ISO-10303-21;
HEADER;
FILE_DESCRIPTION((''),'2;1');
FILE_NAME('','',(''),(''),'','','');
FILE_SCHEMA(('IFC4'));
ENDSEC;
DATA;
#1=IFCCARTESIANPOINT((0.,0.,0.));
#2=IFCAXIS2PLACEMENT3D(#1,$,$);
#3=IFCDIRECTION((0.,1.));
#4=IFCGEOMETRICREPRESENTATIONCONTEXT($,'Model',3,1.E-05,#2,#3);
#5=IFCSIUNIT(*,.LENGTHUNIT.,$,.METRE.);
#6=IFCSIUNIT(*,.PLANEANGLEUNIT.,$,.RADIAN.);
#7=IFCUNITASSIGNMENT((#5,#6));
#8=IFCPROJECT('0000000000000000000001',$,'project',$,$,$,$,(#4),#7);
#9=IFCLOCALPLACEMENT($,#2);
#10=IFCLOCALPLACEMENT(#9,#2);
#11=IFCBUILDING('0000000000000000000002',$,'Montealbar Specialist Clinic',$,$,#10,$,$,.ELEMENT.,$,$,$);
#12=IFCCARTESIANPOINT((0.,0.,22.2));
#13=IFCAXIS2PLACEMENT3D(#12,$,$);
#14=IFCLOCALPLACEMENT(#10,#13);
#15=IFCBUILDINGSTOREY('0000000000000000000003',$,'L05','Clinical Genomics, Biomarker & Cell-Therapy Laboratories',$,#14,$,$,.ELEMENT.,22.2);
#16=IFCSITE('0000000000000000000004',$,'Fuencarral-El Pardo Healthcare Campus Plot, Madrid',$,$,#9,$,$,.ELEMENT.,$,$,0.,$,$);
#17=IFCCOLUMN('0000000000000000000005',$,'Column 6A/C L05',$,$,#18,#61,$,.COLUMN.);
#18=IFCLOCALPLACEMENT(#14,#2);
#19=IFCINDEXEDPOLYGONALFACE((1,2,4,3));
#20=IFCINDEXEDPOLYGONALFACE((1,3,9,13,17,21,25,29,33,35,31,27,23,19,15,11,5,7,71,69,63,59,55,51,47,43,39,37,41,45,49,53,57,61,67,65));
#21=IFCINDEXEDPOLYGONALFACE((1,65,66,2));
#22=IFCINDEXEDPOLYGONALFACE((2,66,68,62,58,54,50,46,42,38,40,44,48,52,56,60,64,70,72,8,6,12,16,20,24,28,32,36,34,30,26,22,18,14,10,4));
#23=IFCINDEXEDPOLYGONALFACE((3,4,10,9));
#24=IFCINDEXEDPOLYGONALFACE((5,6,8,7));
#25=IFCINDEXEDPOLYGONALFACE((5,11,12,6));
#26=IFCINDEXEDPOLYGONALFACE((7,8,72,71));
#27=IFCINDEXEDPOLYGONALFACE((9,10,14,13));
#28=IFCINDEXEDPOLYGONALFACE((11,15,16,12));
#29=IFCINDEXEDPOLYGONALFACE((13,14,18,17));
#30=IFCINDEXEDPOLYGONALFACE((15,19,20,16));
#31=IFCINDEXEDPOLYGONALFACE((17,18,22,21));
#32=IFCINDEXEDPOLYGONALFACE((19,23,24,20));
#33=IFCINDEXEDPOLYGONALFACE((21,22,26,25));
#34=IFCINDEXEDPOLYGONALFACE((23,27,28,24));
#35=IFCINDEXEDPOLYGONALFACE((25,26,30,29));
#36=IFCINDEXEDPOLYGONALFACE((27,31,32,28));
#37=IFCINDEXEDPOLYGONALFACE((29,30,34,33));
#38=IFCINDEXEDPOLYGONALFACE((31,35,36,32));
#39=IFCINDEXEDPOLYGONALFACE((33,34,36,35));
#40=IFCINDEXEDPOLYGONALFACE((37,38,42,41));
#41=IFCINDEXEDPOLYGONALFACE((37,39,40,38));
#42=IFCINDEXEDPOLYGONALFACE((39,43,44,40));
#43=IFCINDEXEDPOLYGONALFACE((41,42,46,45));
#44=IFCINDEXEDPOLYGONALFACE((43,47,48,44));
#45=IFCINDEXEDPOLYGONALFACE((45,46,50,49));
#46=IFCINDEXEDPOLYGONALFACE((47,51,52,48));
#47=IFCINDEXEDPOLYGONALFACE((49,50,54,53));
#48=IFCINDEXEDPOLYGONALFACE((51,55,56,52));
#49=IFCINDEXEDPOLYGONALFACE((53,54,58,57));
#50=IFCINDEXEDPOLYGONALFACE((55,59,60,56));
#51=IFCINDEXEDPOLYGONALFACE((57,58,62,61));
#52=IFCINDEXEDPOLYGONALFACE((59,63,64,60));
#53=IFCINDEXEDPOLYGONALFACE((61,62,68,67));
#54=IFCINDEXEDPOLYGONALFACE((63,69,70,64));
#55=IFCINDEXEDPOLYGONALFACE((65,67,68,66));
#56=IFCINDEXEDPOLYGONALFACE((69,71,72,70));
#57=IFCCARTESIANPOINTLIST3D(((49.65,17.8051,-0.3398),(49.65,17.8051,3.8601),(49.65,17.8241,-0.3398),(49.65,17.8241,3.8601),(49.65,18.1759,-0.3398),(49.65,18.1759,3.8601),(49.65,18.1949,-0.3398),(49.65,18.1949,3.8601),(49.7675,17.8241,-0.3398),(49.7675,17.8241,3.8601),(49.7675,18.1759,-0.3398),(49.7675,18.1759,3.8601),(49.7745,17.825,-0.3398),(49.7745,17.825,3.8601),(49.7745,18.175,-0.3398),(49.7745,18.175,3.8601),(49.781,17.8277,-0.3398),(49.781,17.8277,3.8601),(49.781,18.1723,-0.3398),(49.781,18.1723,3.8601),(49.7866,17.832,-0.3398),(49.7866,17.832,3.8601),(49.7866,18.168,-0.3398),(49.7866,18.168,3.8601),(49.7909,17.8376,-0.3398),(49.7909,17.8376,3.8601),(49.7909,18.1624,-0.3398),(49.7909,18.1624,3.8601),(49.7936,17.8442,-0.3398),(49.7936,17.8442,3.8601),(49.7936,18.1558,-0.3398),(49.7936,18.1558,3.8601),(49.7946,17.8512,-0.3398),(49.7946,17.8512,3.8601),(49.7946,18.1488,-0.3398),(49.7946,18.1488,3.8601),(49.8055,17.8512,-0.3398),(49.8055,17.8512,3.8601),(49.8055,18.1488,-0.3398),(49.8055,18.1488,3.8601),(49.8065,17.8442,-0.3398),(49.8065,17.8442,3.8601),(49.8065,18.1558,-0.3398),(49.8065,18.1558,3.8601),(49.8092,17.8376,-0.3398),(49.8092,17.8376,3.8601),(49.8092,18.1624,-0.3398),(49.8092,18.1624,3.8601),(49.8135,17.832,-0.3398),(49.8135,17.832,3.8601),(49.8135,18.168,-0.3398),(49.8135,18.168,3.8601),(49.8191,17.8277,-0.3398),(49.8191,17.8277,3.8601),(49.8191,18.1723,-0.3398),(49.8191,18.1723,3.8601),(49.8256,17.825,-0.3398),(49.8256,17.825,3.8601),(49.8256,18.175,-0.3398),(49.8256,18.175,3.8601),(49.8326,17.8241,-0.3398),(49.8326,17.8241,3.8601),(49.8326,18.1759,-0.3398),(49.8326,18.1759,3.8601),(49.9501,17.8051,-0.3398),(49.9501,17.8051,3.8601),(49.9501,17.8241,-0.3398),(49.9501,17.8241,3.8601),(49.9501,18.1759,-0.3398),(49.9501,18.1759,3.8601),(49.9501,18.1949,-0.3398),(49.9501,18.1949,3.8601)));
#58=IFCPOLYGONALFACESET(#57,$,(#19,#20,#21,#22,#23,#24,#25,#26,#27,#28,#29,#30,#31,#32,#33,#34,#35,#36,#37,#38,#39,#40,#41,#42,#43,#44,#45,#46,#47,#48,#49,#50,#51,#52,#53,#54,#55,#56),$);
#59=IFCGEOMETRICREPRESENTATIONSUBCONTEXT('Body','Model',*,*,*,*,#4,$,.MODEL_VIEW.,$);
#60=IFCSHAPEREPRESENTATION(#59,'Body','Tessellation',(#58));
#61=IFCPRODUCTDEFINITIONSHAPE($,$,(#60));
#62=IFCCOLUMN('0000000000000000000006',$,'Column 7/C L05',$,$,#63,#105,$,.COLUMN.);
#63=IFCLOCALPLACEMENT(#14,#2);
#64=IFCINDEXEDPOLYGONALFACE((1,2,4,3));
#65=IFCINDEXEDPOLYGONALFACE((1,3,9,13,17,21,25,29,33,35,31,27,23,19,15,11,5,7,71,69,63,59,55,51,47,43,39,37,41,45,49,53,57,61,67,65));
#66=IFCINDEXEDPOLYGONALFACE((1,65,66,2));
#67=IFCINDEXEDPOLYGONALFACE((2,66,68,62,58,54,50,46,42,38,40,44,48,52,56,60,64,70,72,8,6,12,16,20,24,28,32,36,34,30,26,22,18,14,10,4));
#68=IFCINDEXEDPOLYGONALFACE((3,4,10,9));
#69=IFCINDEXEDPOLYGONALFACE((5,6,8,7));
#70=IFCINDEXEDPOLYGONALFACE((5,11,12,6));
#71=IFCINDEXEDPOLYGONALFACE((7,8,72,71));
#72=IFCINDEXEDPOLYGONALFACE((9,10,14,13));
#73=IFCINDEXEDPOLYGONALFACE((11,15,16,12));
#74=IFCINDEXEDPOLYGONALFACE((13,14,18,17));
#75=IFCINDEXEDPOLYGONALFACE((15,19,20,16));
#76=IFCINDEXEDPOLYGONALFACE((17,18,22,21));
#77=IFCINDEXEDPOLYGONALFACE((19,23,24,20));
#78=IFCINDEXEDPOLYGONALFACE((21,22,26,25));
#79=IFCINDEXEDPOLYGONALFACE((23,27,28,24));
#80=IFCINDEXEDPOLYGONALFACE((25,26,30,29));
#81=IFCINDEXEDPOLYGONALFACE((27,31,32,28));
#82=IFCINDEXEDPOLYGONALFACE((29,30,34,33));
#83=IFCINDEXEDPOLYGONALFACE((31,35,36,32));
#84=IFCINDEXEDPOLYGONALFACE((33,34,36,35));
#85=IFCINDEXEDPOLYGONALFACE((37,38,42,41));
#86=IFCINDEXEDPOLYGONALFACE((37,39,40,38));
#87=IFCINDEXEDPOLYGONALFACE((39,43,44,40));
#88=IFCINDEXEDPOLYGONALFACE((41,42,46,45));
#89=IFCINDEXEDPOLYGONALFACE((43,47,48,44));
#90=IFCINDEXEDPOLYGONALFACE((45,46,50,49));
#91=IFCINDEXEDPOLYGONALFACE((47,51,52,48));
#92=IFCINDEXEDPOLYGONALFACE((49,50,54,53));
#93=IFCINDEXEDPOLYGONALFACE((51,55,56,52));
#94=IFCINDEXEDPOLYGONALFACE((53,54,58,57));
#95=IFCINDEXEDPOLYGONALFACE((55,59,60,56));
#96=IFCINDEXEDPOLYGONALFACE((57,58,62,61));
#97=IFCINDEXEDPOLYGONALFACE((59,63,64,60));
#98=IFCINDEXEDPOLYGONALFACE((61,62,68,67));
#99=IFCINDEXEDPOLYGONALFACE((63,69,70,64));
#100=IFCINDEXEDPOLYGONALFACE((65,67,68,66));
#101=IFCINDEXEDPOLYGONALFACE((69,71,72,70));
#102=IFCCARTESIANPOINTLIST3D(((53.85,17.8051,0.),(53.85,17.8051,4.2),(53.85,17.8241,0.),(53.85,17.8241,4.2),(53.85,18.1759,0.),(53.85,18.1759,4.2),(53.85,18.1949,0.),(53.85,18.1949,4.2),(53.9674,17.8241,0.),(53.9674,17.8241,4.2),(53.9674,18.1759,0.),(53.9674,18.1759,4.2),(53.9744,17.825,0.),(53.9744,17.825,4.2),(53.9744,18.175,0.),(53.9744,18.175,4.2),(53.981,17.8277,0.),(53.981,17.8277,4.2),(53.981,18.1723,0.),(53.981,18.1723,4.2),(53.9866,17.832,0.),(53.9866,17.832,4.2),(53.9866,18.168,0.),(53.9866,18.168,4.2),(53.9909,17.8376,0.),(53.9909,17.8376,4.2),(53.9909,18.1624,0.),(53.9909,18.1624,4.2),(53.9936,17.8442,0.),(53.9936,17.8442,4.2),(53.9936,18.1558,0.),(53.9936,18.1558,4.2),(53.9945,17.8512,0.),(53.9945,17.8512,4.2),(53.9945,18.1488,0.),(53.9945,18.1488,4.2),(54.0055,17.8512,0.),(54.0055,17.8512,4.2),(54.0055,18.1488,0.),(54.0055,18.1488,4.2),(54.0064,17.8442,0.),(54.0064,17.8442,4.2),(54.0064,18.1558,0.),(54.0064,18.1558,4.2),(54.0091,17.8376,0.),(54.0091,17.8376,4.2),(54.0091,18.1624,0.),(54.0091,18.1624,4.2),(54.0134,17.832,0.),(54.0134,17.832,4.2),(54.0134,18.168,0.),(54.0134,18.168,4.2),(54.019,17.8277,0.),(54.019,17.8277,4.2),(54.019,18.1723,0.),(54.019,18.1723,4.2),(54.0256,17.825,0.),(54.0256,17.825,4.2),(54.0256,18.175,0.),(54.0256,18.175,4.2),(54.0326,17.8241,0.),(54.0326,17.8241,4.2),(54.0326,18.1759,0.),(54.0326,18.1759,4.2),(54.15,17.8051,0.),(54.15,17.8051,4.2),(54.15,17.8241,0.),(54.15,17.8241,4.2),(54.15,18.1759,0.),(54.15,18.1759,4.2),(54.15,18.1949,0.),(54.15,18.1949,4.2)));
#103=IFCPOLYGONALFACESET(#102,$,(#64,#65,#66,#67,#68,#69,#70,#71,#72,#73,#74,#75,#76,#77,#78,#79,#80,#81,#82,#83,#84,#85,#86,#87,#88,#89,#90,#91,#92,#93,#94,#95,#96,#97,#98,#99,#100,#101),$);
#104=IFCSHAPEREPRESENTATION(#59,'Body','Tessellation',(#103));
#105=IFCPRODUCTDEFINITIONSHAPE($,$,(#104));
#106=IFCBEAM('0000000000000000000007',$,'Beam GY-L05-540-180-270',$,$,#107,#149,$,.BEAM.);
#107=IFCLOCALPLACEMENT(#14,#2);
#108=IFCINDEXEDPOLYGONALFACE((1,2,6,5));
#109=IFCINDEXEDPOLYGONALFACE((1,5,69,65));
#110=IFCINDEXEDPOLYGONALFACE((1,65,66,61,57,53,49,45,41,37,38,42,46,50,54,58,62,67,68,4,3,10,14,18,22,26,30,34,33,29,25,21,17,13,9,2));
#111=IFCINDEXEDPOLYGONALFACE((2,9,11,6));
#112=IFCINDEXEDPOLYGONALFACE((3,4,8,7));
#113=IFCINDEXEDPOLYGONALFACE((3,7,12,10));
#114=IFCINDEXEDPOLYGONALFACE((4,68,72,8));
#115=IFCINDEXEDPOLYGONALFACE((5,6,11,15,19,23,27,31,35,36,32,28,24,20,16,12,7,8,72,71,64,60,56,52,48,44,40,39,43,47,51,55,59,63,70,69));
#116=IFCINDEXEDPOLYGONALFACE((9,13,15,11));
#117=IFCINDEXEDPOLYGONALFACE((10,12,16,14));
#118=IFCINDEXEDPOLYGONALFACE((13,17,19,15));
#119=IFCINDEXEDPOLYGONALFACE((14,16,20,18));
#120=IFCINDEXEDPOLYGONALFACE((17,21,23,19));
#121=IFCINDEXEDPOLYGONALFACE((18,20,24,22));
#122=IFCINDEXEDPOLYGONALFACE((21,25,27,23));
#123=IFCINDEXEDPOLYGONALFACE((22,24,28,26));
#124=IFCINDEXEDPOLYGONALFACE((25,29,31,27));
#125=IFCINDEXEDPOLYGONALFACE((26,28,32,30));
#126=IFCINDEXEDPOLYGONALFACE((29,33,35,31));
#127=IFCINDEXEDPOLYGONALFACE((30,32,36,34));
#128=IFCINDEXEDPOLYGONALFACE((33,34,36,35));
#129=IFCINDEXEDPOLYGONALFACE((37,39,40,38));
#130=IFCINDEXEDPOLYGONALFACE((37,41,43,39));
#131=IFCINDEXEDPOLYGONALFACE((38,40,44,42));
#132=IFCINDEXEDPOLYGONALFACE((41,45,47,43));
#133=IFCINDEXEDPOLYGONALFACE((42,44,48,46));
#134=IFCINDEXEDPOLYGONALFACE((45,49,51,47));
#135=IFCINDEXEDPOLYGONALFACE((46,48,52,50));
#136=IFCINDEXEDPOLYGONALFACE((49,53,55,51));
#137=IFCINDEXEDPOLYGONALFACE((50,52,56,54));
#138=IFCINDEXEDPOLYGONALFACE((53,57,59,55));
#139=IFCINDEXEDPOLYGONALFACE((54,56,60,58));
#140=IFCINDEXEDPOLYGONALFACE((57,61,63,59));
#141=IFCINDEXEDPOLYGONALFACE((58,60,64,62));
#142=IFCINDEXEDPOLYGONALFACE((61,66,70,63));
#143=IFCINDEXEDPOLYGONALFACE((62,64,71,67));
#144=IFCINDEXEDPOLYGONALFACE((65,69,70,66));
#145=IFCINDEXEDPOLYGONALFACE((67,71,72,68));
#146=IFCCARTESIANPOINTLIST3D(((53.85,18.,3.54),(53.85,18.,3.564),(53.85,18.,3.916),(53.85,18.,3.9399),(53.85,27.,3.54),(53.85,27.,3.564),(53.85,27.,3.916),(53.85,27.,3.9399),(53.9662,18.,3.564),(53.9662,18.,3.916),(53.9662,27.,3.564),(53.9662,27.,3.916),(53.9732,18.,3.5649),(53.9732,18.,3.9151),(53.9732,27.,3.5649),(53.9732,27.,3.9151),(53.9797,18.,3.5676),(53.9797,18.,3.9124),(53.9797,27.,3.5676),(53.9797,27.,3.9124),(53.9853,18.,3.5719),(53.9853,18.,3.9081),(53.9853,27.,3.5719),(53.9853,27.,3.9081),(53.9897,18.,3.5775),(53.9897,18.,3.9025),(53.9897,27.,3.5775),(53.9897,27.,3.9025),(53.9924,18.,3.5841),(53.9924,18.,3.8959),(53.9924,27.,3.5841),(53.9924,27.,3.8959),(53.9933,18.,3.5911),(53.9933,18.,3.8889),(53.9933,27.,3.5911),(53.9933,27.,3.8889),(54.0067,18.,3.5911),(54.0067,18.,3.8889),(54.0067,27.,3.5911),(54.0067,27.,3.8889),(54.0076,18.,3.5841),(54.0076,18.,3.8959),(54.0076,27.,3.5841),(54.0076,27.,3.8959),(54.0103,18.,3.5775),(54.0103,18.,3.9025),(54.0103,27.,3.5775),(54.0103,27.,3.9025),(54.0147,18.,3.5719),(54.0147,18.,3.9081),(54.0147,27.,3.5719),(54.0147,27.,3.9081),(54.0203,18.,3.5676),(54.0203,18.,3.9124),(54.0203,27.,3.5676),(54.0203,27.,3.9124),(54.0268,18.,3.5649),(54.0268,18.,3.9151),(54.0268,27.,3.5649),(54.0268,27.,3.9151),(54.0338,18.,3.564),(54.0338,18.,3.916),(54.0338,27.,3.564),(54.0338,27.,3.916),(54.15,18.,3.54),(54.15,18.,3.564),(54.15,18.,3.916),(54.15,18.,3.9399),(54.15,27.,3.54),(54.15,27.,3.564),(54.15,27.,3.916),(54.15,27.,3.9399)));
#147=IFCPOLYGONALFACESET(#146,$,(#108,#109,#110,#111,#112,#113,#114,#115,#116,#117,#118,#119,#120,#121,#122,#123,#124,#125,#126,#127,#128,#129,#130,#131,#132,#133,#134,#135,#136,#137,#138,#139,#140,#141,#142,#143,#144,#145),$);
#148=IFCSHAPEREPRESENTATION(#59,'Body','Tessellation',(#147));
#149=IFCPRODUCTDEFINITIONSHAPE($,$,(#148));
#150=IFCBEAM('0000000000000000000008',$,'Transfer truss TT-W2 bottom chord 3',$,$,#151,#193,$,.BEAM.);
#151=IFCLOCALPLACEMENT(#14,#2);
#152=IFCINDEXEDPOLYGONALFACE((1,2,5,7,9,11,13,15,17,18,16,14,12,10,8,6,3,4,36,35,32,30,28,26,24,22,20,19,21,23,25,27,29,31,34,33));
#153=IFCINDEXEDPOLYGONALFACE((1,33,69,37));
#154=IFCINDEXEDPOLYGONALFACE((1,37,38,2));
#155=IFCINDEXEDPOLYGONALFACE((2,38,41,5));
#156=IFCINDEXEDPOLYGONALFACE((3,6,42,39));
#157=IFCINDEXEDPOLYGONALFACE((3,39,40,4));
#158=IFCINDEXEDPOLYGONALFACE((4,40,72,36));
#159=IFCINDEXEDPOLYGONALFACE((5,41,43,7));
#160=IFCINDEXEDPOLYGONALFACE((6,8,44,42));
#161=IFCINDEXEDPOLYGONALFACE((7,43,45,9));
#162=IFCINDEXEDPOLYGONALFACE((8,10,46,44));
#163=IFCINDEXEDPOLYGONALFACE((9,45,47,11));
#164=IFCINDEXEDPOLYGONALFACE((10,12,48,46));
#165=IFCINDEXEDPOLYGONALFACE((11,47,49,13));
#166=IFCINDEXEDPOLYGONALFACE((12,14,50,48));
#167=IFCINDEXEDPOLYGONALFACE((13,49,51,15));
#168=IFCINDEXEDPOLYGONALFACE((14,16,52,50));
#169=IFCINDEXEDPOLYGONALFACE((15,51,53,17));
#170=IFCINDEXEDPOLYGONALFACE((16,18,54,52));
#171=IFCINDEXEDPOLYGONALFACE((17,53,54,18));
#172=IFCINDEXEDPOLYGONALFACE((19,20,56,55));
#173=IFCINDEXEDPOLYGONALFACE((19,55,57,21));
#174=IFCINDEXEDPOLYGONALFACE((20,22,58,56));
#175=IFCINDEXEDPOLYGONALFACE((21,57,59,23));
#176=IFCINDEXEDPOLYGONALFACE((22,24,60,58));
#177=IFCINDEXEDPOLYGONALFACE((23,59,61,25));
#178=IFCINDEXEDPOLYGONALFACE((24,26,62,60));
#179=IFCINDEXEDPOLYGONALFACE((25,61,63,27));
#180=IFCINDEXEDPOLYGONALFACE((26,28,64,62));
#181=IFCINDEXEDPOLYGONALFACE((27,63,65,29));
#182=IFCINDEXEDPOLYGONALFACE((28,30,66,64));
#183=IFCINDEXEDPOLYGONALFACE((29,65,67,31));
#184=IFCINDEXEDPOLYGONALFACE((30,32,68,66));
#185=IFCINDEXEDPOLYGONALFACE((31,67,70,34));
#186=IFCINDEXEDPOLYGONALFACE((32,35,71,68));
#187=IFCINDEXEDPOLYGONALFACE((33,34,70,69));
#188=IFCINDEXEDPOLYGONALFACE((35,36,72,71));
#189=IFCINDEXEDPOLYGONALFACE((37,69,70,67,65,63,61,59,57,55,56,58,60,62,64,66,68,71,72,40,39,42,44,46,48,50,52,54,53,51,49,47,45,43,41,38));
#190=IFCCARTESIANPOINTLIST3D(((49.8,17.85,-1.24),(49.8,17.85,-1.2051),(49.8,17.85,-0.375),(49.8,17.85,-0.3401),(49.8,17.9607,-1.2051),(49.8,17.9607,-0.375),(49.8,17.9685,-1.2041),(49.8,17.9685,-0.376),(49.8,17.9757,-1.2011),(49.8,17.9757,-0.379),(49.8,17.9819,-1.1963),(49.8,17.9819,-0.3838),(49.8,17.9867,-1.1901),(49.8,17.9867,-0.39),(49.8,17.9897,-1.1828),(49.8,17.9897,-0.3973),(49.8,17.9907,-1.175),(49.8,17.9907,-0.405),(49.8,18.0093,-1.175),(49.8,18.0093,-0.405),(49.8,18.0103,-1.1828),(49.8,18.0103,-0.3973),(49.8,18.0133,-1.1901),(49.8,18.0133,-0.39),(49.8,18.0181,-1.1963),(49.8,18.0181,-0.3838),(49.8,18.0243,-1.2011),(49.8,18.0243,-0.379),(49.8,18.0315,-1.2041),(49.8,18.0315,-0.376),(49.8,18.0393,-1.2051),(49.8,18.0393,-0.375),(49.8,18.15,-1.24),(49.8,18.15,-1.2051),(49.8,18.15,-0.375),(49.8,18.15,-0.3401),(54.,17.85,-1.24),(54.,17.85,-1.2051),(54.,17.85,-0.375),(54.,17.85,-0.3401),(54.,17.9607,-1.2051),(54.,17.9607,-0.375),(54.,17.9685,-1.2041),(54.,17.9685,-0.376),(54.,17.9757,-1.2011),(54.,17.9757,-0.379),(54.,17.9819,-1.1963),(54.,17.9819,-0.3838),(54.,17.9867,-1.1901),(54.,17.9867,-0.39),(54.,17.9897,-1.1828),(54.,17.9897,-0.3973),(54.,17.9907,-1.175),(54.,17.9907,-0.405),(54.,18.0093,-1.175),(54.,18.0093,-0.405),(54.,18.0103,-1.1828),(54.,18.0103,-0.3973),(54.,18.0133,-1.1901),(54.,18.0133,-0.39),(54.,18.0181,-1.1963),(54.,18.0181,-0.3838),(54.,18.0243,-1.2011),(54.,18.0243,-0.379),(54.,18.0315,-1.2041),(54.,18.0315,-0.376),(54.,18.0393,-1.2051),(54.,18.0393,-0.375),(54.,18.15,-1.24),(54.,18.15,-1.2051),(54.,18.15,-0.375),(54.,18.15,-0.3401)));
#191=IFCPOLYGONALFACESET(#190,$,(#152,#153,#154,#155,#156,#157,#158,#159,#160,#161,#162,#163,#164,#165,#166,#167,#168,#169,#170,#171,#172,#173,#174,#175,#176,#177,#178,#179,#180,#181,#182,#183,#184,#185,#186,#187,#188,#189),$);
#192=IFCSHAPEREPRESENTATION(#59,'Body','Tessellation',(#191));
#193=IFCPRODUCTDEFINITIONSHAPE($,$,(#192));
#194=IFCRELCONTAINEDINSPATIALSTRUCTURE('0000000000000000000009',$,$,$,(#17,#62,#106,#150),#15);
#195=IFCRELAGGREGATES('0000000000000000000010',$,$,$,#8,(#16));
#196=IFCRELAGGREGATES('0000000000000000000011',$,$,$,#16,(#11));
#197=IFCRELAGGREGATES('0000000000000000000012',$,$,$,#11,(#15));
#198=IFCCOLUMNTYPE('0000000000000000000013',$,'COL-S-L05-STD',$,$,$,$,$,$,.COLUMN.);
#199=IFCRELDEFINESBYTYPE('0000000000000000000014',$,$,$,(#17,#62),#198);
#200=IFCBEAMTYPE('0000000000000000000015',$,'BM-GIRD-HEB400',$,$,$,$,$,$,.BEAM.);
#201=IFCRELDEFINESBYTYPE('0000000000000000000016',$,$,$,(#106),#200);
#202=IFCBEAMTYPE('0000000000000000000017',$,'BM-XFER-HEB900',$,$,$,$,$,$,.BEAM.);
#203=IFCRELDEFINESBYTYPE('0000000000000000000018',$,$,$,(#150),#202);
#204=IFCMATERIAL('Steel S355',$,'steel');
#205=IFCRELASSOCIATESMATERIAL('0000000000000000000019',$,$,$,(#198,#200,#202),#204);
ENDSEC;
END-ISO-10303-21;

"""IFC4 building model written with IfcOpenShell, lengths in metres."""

from ifc_helpers import new_model, si_unit, direction, frame, origin, origin_2d, place, context, subcontext, project, spatial, i_section, extrude, material, material_profile, profile_set, type_object, element, save


model = new_model("IFC4")

# Units and contexts
model_context = context("Model", 3, precision=1e-05, world=origin(), true_north=direction((0.0, 1.0)))
body_context = subcontext(model_context, "Body", "Model", "MODEL_VIEW")
ifc_project = project(units=[si_unit("LENGTHUNIT", "METRE"), si_unit("PLANEANGLEUNIT", "RADIAN")], contexts=[model_context])

# Site, building, storey
site_placement = place(None, origin())
site = spatial("IfcSite", under=ifc_project, at=site_placement, Name="Fuencarral-El Pardo Healthcare Campus Plot, Madrid", CompositionType="ELEMENT", RefElevation=0.0)
building_placement = place(site_placement, origin())
building = spatial("IfcBuilding", under=site, at=building_placement, Name="Montealbar Specialist Clinic", CompositionType="ELEMENT")
storey_placement = place(building_placement, frame((0.0, 0.0, 22.2)))
storey = spatial("IfcBuildingStorey", under=building, at=storey_placement, Name="L05", Description="Clinical Genomics, Biomarker & Cell-Therapy Laboratories", CompositionType="ELEMENT", Elevation=22.2)

# Columns
ifc_material_1 = material(Name="Steel S355", Category="steel")
ifc_material_profile_1 = material_profile(ifc_material_1, i_section(OverallWidth=0.3, OverallDepth=0.3899, WebThickness=0.011, FlangeThickness=0.019, FilletRadius=0.0271, at=origin_2d()), Name="HEA 400", Category="steel")
ifc_profile_set_1 = profile_set([ifc_material_profile_1], Name="Steel S355")
column_type = type_object("IfcColumnType", Name="COL-S-L05-STD", PredefinedType="COLUMN", material=ifc_profile_set_1)
for number, where, z_axis, x_axis, name in (
    (1, (49.8, 18.0, -0.3398), (0.0, 0.0, 1.0), (1.0, 0.0, 0.0), "Column 6A/C L05"),
    (2, (54.0, 18.0, 0.0), (0.0, 0.0, 1.0), (1.0, 0.0, 0.0), "Column 7/C L05"),
):
    element("IfcColumn", number, at=place(storey_placement, frame(where, z_axis=z_axis, x_axis=x_axis)), inside=storey, type_object=column_type, Name=name, PredefinedType="COLUMN", context=body_context, shape_type="SweptSolid", body=[
        extrude(i_section(OverallWidth=0.3, OverallDepth=0.3899, WebThickness=0.011, FlangeThickness=0.019, FilletRadius=0.0271, at=origin_2d()), origin(), (0.0, 0.0, 1.0), 4.2),
    ])

# Beams
ifc_material_profile_2 = material_profile(ifc_material_1, i_section(OverallWidth=0.3, OverallDepth=0.3999, WebThickness=0.0134, FlangeThickness=0.0239, FilletRadius=0.0271, at=origin_2d()), Name="HEB 400", Category="steel")
ifc_profile_set_2 = profile_set([ifc_material_profile_2], Name="Steel S355")
beam_type_1 = type_object("IfcBeamType", Name="BM-GIRD-HEB400", PredefinedType="BEAM", material=ifc_profile_set_2)
beam_placement = place(storey_placement, frame((54.0, 18.0, 3.74), z_axis=(0.0, 1.0, 0.0), x_axis=(-1.0, 0.0, 0.0)))
element("IfcBeam", 3, at=beam_placement, inside=storey, type_object=beam_type_1, Name="Beam GY-L05-540-180-270", PredefinedType="BEAM", context=body_context, shape_type="SweptSolid", body=[
    extrude(i_section(OverallWidth=0.3, OverallDepth=0.3999, WebThickness=0.0134, FlangeThickness=0.0239, FilletRadius=0.0271, at=origin_2d()), origin(), (0.0, 0.0, 1.0), 9.0),
])
ifc_material_profile_3 = material_profile(ifc_material_1, i_section(OverallWidth=0.3, OverallDepth=0.8999, WebThickness=0.0186, FlangeThickness=0.0349, FilletRadius=0.03, at=origin_2d()), Name="HEB 900", Category="steel")
ifc_profile_set_3 = profile_set([ifc_material_profile_3], Name="Steel S355")
beam_type_2 = type_object("IfcBeamType", Name="BM-XFER-HEB900", PredefinedType="BEAM", material=ifc_profile_set_3)
for number, where, z_axis, x_axis, name in (
    (4, (54.0, 18.0, -0.79), (-1.0, 0.0, 0.0), (0.0, -1.0, 0.0), "Transfer truss TT-W2 bottom chord 3"),
):
    element("IfcBeam", number, at=place(storey_placement, frame(where, z_axis=z_axis, x_axis=x_axis)), inside=storey, type_object=beam_type_2, Name=name, PredefinedType="BEAM", context=body_context, shape_type="SweptSolid", body=[
        extrude(i_section(OverallWidth=0.3, OverallDepth=0.8999, WebThickness=0.0186, FlangeThickness=0.0349, FilletRadius=0.03, at=origin_2d()), origin(), (0.0, 0.0, 1.0), 4.2),
    ])

save(model, "model.ifc")
